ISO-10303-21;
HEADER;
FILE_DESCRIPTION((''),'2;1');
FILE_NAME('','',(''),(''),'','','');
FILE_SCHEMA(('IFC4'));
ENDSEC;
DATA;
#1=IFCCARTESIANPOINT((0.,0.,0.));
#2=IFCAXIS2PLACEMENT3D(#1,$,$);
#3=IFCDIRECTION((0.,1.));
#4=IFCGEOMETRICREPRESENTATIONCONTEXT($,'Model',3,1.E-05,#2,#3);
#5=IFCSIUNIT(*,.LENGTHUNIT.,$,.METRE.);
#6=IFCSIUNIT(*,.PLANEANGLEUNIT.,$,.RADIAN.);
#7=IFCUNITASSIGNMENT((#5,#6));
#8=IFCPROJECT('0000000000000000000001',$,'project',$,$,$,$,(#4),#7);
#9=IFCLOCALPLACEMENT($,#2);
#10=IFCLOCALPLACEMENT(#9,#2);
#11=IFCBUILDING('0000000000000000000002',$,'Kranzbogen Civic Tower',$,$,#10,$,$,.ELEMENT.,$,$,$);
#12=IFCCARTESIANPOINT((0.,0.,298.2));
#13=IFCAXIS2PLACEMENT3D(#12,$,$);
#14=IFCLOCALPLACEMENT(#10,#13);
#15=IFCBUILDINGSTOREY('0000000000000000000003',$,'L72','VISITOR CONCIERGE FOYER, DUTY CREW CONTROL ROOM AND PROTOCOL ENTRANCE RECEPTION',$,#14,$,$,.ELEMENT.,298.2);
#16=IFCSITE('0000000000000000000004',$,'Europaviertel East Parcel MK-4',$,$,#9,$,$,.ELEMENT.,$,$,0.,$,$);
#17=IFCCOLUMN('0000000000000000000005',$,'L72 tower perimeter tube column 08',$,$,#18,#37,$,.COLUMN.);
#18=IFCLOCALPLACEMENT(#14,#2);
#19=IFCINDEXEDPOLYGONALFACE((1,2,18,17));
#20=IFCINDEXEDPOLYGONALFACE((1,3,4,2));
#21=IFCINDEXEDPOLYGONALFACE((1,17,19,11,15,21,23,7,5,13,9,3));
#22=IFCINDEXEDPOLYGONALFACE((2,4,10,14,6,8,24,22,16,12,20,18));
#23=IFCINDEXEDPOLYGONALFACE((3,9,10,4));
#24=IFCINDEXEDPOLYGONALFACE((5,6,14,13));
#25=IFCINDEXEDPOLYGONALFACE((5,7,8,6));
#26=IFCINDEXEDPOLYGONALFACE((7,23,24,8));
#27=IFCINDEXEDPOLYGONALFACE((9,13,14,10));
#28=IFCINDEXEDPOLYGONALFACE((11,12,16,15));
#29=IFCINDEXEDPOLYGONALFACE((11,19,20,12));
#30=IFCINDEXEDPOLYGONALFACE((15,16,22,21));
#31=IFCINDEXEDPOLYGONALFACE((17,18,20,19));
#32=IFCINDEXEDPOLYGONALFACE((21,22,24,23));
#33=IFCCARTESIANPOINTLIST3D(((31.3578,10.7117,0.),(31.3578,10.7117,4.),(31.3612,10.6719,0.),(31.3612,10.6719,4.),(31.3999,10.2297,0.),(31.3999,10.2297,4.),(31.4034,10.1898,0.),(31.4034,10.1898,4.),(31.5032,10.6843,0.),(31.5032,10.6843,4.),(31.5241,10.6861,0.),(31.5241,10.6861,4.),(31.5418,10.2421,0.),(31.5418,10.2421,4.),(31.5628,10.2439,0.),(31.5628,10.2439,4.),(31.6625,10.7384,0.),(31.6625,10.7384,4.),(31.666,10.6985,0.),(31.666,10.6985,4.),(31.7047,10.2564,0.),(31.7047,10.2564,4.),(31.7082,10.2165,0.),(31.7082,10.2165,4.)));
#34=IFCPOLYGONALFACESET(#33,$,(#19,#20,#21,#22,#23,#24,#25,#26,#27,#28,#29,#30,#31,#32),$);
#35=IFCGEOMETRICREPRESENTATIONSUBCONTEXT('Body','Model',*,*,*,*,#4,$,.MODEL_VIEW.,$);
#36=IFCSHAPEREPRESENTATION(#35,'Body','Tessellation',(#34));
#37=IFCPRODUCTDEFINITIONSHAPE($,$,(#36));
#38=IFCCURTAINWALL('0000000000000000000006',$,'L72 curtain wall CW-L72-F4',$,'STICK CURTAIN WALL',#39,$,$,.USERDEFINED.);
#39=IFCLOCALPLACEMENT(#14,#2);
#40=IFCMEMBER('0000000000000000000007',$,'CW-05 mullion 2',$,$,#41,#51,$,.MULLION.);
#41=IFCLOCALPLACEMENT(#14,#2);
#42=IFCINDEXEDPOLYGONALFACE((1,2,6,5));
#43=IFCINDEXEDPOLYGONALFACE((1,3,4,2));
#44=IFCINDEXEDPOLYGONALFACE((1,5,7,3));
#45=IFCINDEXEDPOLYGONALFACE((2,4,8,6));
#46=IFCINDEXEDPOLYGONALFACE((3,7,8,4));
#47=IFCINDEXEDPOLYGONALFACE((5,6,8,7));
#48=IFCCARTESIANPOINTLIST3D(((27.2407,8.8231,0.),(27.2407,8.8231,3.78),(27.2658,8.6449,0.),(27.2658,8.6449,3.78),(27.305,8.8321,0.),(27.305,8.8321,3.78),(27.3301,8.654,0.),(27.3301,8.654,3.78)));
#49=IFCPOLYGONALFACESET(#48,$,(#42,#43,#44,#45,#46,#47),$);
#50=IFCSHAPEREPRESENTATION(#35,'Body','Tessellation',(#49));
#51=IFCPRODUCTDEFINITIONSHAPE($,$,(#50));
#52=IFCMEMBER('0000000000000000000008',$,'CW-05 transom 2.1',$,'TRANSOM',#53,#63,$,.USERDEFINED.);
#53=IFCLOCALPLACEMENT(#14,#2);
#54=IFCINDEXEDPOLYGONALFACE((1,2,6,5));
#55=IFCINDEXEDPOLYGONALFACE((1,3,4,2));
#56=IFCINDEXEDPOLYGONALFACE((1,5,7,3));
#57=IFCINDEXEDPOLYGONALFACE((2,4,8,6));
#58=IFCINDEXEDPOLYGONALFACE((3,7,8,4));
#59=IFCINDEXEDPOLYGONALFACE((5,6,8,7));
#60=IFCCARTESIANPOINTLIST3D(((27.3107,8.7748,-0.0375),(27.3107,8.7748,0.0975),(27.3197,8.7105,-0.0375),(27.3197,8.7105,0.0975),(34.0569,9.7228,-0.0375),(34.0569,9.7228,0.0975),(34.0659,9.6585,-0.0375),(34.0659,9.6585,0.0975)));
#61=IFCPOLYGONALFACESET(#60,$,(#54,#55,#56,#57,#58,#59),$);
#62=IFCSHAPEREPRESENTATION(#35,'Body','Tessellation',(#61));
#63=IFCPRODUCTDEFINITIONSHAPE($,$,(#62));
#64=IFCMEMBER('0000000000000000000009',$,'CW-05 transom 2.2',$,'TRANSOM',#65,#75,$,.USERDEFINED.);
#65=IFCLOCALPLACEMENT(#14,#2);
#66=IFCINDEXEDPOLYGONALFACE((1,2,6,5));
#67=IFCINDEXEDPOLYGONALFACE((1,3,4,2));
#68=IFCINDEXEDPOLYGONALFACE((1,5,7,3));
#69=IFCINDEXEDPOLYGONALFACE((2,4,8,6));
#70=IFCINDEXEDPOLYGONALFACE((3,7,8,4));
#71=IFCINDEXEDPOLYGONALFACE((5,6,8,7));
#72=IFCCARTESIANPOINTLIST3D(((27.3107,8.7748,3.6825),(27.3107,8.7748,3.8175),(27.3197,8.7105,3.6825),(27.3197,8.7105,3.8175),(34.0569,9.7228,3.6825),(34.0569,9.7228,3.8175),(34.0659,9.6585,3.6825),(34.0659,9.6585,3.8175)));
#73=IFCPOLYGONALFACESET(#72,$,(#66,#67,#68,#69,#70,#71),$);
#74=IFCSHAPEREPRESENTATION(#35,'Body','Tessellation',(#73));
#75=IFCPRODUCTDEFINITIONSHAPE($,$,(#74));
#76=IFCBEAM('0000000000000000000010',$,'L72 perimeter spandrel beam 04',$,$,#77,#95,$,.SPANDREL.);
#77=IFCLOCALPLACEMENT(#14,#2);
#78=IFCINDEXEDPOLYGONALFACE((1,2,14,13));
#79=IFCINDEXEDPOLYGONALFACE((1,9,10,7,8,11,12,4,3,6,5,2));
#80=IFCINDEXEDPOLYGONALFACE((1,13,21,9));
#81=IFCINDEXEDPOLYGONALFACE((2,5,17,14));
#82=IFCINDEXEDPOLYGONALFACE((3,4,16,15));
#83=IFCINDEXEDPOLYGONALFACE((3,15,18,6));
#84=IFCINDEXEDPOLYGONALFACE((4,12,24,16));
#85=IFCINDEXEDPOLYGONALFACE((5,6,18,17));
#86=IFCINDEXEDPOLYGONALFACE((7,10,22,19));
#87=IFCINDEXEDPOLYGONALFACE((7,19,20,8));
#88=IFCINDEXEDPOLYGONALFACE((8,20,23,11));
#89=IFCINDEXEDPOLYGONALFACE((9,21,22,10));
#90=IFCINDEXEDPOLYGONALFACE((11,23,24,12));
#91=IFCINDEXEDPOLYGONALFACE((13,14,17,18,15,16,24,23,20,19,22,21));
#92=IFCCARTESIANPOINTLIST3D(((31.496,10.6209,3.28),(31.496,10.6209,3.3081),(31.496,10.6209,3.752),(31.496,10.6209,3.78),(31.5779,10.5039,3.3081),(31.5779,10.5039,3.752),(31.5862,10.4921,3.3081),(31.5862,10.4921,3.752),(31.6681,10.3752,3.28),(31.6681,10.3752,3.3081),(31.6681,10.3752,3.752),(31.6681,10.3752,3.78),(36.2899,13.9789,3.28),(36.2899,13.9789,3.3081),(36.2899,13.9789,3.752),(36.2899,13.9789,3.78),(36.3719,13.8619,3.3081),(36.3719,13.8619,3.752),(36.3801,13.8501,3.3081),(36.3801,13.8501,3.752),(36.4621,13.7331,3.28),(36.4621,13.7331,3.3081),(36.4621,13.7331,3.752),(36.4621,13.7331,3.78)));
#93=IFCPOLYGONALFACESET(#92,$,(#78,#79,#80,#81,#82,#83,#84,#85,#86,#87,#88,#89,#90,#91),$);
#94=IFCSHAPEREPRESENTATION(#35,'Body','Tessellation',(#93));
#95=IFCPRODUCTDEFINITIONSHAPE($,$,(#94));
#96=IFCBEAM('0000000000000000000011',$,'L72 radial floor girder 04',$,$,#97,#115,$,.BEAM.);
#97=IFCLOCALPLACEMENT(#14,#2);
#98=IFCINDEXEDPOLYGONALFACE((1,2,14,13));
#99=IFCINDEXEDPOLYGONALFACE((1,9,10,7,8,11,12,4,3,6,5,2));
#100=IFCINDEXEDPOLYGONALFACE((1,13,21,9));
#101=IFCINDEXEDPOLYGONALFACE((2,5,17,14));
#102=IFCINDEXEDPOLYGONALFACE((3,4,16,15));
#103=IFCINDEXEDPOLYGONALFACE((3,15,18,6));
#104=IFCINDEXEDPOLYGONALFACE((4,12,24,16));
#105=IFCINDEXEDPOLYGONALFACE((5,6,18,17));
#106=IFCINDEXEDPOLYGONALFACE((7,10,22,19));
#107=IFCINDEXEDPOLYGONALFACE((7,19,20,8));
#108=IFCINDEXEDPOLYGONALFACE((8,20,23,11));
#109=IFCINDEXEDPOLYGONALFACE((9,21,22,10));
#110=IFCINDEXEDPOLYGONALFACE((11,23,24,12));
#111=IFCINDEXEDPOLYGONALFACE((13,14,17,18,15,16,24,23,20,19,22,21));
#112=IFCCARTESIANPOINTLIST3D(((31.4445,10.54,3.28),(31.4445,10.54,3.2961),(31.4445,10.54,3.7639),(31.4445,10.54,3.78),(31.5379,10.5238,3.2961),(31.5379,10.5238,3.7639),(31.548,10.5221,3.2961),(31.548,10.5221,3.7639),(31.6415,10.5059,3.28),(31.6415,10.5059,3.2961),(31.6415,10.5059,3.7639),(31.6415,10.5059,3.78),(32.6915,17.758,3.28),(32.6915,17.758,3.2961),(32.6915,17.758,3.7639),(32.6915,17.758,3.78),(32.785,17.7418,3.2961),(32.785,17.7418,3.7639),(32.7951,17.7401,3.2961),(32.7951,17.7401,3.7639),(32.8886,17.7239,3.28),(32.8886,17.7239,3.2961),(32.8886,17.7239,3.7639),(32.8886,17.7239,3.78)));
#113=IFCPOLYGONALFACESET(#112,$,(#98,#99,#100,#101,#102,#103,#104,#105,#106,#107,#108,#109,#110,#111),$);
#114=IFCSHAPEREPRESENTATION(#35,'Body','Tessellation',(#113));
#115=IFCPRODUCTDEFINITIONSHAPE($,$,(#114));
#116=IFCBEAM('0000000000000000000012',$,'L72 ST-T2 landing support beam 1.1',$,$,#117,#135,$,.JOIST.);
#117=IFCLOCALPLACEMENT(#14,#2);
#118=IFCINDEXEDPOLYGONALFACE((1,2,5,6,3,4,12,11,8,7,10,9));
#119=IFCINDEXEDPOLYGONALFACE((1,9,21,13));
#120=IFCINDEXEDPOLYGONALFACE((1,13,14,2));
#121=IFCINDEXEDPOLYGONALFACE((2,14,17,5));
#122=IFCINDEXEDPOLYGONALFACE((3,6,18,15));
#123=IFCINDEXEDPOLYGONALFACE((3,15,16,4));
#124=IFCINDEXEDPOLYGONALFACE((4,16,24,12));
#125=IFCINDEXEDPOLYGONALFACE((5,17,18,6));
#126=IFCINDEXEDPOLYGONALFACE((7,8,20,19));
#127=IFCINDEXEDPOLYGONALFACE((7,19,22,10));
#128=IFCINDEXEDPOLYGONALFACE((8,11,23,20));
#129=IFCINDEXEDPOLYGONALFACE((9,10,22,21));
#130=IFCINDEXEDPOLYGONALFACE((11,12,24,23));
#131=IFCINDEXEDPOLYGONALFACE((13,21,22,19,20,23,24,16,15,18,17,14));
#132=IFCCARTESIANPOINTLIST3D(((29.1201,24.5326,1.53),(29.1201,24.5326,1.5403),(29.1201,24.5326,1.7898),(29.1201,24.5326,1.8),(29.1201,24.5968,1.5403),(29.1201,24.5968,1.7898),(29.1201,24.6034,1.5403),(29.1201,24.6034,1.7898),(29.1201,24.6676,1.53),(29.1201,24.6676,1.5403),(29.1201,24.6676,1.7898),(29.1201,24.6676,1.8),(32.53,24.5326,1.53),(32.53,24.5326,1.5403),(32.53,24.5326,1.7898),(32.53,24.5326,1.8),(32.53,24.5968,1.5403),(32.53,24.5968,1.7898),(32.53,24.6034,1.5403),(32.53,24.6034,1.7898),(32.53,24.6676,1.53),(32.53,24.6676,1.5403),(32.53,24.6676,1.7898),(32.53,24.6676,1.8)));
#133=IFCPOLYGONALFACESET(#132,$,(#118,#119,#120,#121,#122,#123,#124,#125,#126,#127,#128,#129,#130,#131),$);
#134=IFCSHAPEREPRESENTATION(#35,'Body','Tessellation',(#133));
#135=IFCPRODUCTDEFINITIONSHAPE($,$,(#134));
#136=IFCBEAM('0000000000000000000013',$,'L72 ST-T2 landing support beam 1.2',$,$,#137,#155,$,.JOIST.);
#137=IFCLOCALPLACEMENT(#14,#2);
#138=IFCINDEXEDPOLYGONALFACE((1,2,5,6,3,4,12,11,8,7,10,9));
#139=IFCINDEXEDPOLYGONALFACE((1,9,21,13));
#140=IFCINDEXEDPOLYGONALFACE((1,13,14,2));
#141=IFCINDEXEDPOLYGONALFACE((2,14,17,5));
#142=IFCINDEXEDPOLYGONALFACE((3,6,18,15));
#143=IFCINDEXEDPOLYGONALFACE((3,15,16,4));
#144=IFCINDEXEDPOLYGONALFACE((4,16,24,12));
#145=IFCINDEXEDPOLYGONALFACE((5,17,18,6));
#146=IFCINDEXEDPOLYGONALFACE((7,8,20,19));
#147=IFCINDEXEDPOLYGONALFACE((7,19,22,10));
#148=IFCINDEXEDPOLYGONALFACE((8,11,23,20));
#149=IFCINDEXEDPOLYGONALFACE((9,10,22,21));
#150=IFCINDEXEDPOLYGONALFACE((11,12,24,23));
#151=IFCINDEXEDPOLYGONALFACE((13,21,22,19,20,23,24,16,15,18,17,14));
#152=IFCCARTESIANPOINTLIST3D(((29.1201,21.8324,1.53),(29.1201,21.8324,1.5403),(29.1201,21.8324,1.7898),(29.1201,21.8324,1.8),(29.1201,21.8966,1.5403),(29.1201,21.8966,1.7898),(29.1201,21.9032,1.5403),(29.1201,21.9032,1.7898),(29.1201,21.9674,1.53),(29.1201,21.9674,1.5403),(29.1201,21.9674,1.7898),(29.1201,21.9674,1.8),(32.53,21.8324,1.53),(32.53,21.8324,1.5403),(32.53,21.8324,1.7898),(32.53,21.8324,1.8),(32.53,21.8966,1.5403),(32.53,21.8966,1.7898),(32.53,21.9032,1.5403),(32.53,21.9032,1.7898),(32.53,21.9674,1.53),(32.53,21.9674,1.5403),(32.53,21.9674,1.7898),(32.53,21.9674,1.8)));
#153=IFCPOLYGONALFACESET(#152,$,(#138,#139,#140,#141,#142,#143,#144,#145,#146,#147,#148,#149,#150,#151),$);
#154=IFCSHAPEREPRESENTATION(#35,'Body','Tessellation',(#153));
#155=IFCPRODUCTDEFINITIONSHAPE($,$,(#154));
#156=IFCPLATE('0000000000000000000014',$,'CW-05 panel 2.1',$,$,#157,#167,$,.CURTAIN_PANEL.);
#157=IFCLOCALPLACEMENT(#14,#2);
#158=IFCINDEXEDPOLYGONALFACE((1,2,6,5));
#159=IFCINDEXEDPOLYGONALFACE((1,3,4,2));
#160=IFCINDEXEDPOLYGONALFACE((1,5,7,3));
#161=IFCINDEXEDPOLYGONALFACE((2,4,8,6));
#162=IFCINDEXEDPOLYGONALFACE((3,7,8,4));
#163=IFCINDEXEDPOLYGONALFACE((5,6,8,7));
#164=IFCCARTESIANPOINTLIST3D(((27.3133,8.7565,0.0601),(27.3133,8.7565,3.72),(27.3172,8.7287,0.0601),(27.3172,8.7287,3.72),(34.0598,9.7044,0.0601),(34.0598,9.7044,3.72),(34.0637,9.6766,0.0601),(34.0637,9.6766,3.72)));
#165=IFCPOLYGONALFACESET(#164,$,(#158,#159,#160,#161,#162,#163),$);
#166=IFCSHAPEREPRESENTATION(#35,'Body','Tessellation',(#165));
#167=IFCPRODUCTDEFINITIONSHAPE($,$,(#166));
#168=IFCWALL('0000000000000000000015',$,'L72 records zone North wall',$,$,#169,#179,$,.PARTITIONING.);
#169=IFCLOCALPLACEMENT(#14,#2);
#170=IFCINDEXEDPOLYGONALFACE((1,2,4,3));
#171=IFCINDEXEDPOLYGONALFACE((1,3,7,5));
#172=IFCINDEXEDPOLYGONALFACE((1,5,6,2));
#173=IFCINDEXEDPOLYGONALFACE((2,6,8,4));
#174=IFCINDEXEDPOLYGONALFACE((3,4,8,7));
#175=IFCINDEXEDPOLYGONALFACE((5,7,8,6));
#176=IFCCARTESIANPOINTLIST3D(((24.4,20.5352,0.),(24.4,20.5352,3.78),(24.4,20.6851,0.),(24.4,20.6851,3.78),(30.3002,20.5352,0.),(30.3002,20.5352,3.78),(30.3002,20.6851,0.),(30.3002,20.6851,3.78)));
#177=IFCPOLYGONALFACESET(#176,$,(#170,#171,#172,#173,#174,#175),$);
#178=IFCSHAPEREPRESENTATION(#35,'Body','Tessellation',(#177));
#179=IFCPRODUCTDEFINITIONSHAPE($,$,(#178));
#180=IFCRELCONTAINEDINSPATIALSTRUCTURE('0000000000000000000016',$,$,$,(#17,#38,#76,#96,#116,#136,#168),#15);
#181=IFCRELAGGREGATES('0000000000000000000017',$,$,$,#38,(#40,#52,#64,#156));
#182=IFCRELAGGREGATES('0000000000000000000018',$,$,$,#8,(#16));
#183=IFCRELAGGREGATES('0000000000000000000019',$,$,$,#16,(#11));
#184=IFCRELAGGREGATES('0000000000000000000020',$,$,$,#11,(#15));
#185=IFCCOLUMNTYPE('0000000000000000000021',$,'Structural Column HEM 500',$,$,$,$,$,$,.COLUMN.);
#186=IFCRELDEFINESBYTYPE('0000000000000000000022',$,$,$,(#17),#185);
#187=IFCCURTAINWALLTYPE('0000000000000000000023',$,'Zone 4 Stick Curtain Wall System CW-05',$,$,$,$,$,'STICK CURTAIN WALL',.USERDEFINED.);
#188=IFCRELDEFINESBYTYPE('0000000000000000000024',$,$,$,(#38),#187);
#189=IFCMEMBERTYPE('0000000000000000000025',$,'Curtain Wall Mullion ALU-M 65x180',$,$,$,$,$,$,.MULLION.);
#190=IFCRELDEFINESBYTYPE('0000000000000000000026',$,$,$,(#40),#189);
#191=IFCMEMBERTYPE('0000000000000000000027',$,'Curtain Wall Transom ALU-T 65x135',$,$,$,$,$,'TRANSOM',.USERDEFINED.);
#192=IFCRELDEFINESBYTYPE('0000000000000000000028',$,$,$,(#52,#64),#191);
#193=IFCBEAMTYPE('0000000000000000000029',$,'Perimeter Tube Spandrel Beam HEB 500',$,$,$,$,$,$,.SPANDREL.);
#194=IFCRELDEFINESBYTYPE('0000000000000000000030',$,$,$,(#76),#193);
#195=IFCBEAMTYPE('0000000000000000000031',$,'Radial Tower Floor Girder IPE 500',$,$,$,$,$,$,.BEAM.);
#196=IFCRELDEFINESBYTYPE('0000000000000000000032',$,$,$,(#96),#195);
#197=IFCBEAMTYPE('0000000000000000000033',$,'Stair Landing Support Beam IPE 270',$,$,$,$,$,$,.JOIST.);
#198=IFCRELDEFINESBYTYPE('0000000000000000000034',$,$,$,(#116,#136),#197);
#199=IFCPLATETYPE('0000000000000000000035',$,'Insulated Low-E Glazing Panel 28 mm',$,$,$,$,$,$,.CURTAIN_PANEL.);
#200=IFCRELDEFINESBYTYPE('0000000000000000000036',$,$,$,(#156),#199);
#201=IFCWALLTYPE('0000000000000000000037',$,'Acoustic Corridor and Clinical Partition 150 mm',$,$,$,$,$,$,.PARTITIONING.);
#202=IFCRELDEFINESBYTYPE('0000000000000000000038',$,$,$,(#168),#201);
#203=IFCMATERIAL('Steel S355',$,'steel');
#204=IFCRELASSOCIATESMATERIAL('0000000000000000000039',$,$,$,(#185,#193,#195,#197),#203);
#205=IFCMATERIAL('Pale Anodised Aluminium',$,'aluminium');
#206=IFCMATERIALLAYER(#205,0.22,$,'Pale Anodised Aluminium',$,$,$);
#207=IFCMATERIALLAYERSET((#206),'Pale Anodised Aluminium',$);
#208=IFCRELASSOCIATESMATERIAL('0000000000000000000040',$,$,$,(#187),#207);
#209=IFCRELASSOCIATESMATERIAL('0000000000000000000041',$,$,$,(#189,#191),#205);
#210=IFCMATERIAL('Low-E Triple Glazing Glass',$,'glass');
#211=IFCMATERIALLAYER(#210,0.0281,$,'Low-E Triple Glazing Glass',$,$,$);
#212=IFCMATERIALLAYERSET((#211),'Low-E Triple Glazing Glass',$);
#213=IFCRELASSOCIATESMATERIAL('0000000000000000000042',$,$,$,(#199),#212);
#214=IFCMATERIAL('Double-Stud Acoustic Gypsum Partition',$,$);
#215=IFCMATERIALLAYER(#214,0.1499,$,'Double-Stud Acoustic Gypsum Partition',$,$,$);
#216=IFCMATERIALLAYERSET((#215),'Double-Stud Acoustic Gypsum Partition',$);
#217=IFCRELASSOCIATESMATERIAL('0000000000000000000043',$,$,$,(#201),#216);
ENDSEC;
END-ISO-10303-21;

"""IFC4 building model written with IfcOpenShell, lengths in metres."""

from ifc_helpers import new_model, si_unit, direction, frame, frame_2d, origin, origin_2d, place, context, subcontext, project, spatial, rectangle, i_section, extrude, material, layer, layer_set, material_profile, profile_set, type_object, element, aggregate, save


model = new_model("IFC4")

# Units and contexts
model_context = context("Model", 3, precision=1e-05, world=origin(), true_north=direction((0.0, 1.0)))
body_context = subcontext(model_context, "Body", "Model", "MODEL_VIEW")
ifc_project = project(units=[si_unit("LENGTHUNIT", "METRE"), si_unit("PLANEANGLEUNIT", "RADIAN")], contexts=[model_context])

# Site, building, storey
site_placement = place(None, origin())
site = spatial("IfcSite", under=ifc_project, at=site_placement, Name="Europaviertel East Parcel MK-4", CompositionType="ELEMENT", RefElevation=0.0)
building_placement = place(site_placement, origin())
building = spatial("IfcBuilding", under=site, at=building_placement, Name="Kranzbogen Civic Tower", CompositionType="ELEMENT")
storey_placement = place(building_placement, frame((0.0, 0.0, 298.2)))
storey = spatial("IfcBuildingStorey", under=building, at=storey_placement, Name="L72", Description="VISITOR CONCIERGE FOYER, DUTY CREW CONTROL ROOM AND PROTOCOL ENTRANCE RECEPTION", CompositionType="ELEMENT", Elevation=298.2)

# Column
ifc_material_1 = material(Name="Steel S355", Category="steel")
ifc_material_profile_1 = material_profile(ifc_material_1, i_section(OverallWidth=0.3059, OverallDepth=0.5239, WebThickness=0.021, FlangeThickness=0.04, at=origin_2d()), Name="HEM 500")
ifc_profile_set_1 = profile_set([ifc_material_profile_1], Name="Steel S355")
column_type = type_object("IfcColumnType", Name="Structural Column HEM 500", PredefinedType="COLUMN", material=ifc_profile_set_1)
column_placement = place(storey_placement, frame((31.533, 10.4641, 0.0), z_axis=(0.0, 0.0, 1.0), x_axis=(0.996195, 0.087156, 0.0)))
element("IfcColumn", 1, at=column_placement, inside=storey, type_object=column_type, Name="L72 tower perimeter tube column 08", PredefinedType="COLUMN", context=body_context, shape_type="SweptSolid", body=[
    extrude(i_section(OverallWidth=0.3059, OverallDepth=0.5239, WebThickness=0.021, FlangeThickness=0.04, at=origin_2d()), origin(), (0.0, 0.0, 1.0), 4.0),
])

# Curtain wall, members
ifc_material_2 = material(Name="Pale Anodised Aluminium", Category="aluminium")
ifc_layer_1 = layer(ifc_material_2, 0.22, Name="Pale Anodised Aluminium")
ifc_layer_set_1 = layer_set([ifc_layer_1], Name="Pale Anodised Aluminium")
curtain_wall_type = type_object("IfcCurtainWallType", Name="Zone 4 Stick Curtain Wall System CW-05", ElementType="STICK CURTAIN WALL", PredefinedType="USERDEFINED", material=ifc_layer_set_1)
curtain_wall_placement = place(storey_placement, origin())
curtain_wall = element("IfcCurtainWall", 2, at=curtain_wall_placement, inside=storey, type_object=curtain_wall_type, Name="L72 curtain wall CW-L72-F4", ObjectType="STICK CURTAIN WALL", PredefinedType="USERDEFINED")
ifc_material_profile_2 = material_profile(ifc_material_2, rectangle(XDim=0.0649, YDim=0.1799, at=origin_2d()), Name="ALU-M 65x180")
ifc_profile_set_2 = profile_set([ifc_material_profile_2], Name="Pale Anodised Aluminium")
member_type_1 = type_object("IfcMemberType", Name="Curtain Wall Mullion ALU-M 65x180", PredefinedType="MULLION", material=ifc_profile_set_2)
member_1_placement = place(storey_placement, frame((27.2854, 8.7385, 0.0), z_axis=(0.0, 0.0, 1.0), x_axis=(0.990271, 0.139149, 0.0)))
member_1 = element("IfcMember", 3, at=member_1_placement, type_object=member_type_1, Name="CW-05 mullion 2", PredefinedType="MULLION", context=body_context, shape_type="SweptSolid", body=[
    extrude(rectangle(XDim=0.0649, YDim=0.1799, at=origin_2d()), origin(), (0.0, 0.0, 1.0), 3.78),
])
ifc_material_profile_3 = material_profile(ifc_material_2, rectangle(XDim=0.0649, YDim=0.135, at=origin_2d()), Name="ALU-T 65x135")
ifc_profile_set_3 = profile_set([ifc_material_profile_3], Name="Pale Anodised Aluminium")
member_type_2 = type_object("IfcMemberType", Name="Curtain Wall Transom ALU-T 65x135", ElementType="TRANSOM", PredefinedType="USERDEFINED", material=ifc_profile_set_3)
member_2_placement = place(storey_placement, frame((27.3152, 8.7427, 0.03), z_axis=(0.990271, 0.139153, 0.0), x_axis=(-0.139153, 0.990271, 0.0)))
member_2 = element("IfcMember", 4, at=member_2_placement, type_object=member_type_2, Name="CW-05 transom 2.1", ObjectType="TRANSOM", PredefinedType="USERDEFINED", context=body_context, shape_type="SweptSolid", body=[
    extrude(rectangle(XDim=0.0649, YDim=0.135, at=origin_2d()), origin(), (0.0, 0.0, 1.0), 6.8125),
])
member_3_placement = place(storey_placement, frame((27.3152, 8.7427, 3.75), z_axis=(0.990271, 0.139153, 0.0), x_axis=(-0.139153, 0.990271, 0.0)))
member_3 = element("IfcMember", 5, at=member_3_placement, type_object=member_type_2, Name="CW-05 transom 2.2", ObjectType="TRANSOM", PredefinedType="USERDEFINED", context=body_context, shape_type="SweptSolid", body=[
    extrude(rectangle(XDim=0.0649, YDim=0.135, at=origin_2d()), origin(), (0.0, 0.0, 1.0), 6.8125),
])

# Beams
ifc_material_profile_4 = material_profile(ifc_material_1, i_section(OverallWidth=0.3, OverallDepth=0.5, WebThickness=0.0144, FlangeThickness=0.0281, at=origin_2d()), Name="HEB 500")
ifc_profile_set_4 = profile_set([ifc_material_profile_4], Name="Steel S355")
beam_type_1 = type_object("IfcBeamType", Name="Perimeter Tube Spandrel Beam HEB 500", PredefinedType="SPANDREL", material=ifc_profile_set_4)
beam_1_placement = place(storey_placement, frame((31.582, 10.498, 3.53), z_axis=(0.819059, 0.573709, 0.0), x_axis=(-0.573709, 0.819059, 0.0)))
element("IfcBeam", 6, at=beam_1_placement, inside=storey, type_object=beam_type_1, Name="L72 perimeter spandrel beam 04", PredefinedType="SPANDREL", context=body_context, shape_type="SweptSolid", body=[
    extrude(i_section(OverallWidth=0.3, OverallDepth=0.5, WebThickness=0.0144, FlangeThickness=0.0281, at=origin_2d()), origin(), (0.0, 0.0, 1.0), 5.853),
])
ifc_material_profile_5 = material_profile(ifc_material_1, i_section(OverallWidth=0.2, OverallDepth=0.5, WebThickness=0.0103, FlangeThickness=0.0161, at=origin_2d()), Name="IPE 500")
ifc_profile_set_5 = profile_set([ifc_material_profile_5], Name="Steel S355")
beam_type_2 = type_object("IfcBeamType", Name="Radial Tower Floor Girder IPE 500", PredefinedType="BEAM", material=ifc_profile_set_5)
beam_2_placement = place(storey_placement, frame((31.543, 10.5229, 3.53), z_axis=(0.17025, 0.985401, 0.0), x_axis=(-0.985401, 0.17025, 0.0)))
element("IfcBeam", 7, at=beam_2_placement, inside=storey, type_object=beam_type_2, Name="L72 radial floor girder 04", PredefinedType="BEAM", context=body_context, shape_type="SweptSolid", body=[
    extrude(i_section(OverallWidth=0.2, OverallDepth=0.5, WebThickness=0.0103, FlangeThickness=0.0161, at=origin_2d()), origin(), (0.0, 0.0, 1.0), 7.325),
])
ifc_material_profile_6 = material_profile(ifc_material_1, i_section(OverallWidth=0.135, OverallDepth=0.27, WebThickness=0.0066, FlangeThickness=0.0103, at=origin_2d()), Name="IPE 270")
ifc_profile_set_6 = profile_set([ifc_material_profile_6], Name="Steel S355")
beam_type_3 = type_object("IfcBeamType", Name="Stair Landing Support Beam IPE 270", PredefinedType="JOIST", material=ifc_profile_set_6)
for number, where, z_axis, x_axis, name in (
    (8, (29.1201, 24.6001, 1.665), (1.0, 0.0, 0.0), (0.0, 1.0, 0.0), "L72 ST-T2 landing support beam 1.1"),
    (9, (29.1201, 21.8999, 1.665), (1.0, 0.0, 0.0), (0.0, 1.0, 0.0), "L72 ST-T2 landing support beam 1.2"),
):
    element("IfcBeam", number, at=place(storey_placement, frame(where, z_axis=z_axis, x_axis=x_axis)), inside=storey, type_object=beam_type_3, Name=name, PredefinedType="JOIST", context=body_context, shape_type="SweptSolid", body=[
        extrude(i_section(OverallWidth=0.135, OverallDepth=0.27, WebThickness=0.0066, FlangeThickness=0.0103, at=origin_2d()), origin(), (0.0, 0.0, 1.0), 3.4099),
    ])

# Plate
ifc_material_3 = material(Name="Low-E Triple Glazing Glass", Category="glass")
ifc_layer_2 = layer(ifc_material_3, 0.0281, Name="Low-E Triple Glazing Glass")
ifc_layer_set_2 = layer_set([ifc_layer_2], Name="Low-E Triple Glazing Glass")
plate_type = type_object("IfcPlateType", Name="Insulated Low-E Glazing Panel 28 mm", PredefinedType="CURTAIN_PANEL", material=ifc_layer_set_2)
plate_placement = place(storey_placement, frame((30.6885, 9.2166, 0.0601), z_axis=(0.0, 0.0, 1.0), x_axis=(0.990271, 0.139149, 0.0)))
plate = element("IfcPlate", 10, at=plate_placement, type_object=plate_type, Name="CW-05 panel 2.1", PredefinedType="CURTAIN_PANEL", context=body_context, shape_type="SweptSolid", body=[
    extrude(rectangle(XDim=6.8127, YDim=0.0281, at=origin_2d()), origin(), (0.0, 0.0, 1.0), 3.6599),
])
aggregate(curtain_wall, [member_1, member_2, member_3, plate])

# Wall
ifc_material_4 = material(Name="Double-Stud Acoustic Gypsum Partition")
ifc_layer_3 = layer(ifc_material_4, 0.1499, Name="Double-Stud Acoustic Gypsum Partition")
ifc_layer_set_3 = layer_set([ifc_layer_3], Name="Double-Stud Acoustic Gypsum Partition")
wall_type_1 = type_object("IfcWallType", Name="Acoustic Corridor and Clinical Partition 150 mm", PredefinedType="PARTITIONING", material=ifc_layer_set_3)
wall_1_placement = place(storey_placement, frame((24.3999, 20.6101, 0.0), z_axis=(0.0, 0.0, 1.0), x_axis=(1.0, 0.0, 0.0)))
element("IfcWall", 11, at=wall_1_placement, inside=storey, type_object=wall_type_1, Name="L72 records zone North wall", PredefinedType="PARTITIONING", context=body_context, shape_type="SweptSolid", body=[
    extrude(rectangle(XDim=5.9001, YDim=0.1499, at=frame_2d((2.9502, 0.0))), origin(), (0.0, 0.0, 1.0), 3.78),
])

save(model, "model.ifc")
